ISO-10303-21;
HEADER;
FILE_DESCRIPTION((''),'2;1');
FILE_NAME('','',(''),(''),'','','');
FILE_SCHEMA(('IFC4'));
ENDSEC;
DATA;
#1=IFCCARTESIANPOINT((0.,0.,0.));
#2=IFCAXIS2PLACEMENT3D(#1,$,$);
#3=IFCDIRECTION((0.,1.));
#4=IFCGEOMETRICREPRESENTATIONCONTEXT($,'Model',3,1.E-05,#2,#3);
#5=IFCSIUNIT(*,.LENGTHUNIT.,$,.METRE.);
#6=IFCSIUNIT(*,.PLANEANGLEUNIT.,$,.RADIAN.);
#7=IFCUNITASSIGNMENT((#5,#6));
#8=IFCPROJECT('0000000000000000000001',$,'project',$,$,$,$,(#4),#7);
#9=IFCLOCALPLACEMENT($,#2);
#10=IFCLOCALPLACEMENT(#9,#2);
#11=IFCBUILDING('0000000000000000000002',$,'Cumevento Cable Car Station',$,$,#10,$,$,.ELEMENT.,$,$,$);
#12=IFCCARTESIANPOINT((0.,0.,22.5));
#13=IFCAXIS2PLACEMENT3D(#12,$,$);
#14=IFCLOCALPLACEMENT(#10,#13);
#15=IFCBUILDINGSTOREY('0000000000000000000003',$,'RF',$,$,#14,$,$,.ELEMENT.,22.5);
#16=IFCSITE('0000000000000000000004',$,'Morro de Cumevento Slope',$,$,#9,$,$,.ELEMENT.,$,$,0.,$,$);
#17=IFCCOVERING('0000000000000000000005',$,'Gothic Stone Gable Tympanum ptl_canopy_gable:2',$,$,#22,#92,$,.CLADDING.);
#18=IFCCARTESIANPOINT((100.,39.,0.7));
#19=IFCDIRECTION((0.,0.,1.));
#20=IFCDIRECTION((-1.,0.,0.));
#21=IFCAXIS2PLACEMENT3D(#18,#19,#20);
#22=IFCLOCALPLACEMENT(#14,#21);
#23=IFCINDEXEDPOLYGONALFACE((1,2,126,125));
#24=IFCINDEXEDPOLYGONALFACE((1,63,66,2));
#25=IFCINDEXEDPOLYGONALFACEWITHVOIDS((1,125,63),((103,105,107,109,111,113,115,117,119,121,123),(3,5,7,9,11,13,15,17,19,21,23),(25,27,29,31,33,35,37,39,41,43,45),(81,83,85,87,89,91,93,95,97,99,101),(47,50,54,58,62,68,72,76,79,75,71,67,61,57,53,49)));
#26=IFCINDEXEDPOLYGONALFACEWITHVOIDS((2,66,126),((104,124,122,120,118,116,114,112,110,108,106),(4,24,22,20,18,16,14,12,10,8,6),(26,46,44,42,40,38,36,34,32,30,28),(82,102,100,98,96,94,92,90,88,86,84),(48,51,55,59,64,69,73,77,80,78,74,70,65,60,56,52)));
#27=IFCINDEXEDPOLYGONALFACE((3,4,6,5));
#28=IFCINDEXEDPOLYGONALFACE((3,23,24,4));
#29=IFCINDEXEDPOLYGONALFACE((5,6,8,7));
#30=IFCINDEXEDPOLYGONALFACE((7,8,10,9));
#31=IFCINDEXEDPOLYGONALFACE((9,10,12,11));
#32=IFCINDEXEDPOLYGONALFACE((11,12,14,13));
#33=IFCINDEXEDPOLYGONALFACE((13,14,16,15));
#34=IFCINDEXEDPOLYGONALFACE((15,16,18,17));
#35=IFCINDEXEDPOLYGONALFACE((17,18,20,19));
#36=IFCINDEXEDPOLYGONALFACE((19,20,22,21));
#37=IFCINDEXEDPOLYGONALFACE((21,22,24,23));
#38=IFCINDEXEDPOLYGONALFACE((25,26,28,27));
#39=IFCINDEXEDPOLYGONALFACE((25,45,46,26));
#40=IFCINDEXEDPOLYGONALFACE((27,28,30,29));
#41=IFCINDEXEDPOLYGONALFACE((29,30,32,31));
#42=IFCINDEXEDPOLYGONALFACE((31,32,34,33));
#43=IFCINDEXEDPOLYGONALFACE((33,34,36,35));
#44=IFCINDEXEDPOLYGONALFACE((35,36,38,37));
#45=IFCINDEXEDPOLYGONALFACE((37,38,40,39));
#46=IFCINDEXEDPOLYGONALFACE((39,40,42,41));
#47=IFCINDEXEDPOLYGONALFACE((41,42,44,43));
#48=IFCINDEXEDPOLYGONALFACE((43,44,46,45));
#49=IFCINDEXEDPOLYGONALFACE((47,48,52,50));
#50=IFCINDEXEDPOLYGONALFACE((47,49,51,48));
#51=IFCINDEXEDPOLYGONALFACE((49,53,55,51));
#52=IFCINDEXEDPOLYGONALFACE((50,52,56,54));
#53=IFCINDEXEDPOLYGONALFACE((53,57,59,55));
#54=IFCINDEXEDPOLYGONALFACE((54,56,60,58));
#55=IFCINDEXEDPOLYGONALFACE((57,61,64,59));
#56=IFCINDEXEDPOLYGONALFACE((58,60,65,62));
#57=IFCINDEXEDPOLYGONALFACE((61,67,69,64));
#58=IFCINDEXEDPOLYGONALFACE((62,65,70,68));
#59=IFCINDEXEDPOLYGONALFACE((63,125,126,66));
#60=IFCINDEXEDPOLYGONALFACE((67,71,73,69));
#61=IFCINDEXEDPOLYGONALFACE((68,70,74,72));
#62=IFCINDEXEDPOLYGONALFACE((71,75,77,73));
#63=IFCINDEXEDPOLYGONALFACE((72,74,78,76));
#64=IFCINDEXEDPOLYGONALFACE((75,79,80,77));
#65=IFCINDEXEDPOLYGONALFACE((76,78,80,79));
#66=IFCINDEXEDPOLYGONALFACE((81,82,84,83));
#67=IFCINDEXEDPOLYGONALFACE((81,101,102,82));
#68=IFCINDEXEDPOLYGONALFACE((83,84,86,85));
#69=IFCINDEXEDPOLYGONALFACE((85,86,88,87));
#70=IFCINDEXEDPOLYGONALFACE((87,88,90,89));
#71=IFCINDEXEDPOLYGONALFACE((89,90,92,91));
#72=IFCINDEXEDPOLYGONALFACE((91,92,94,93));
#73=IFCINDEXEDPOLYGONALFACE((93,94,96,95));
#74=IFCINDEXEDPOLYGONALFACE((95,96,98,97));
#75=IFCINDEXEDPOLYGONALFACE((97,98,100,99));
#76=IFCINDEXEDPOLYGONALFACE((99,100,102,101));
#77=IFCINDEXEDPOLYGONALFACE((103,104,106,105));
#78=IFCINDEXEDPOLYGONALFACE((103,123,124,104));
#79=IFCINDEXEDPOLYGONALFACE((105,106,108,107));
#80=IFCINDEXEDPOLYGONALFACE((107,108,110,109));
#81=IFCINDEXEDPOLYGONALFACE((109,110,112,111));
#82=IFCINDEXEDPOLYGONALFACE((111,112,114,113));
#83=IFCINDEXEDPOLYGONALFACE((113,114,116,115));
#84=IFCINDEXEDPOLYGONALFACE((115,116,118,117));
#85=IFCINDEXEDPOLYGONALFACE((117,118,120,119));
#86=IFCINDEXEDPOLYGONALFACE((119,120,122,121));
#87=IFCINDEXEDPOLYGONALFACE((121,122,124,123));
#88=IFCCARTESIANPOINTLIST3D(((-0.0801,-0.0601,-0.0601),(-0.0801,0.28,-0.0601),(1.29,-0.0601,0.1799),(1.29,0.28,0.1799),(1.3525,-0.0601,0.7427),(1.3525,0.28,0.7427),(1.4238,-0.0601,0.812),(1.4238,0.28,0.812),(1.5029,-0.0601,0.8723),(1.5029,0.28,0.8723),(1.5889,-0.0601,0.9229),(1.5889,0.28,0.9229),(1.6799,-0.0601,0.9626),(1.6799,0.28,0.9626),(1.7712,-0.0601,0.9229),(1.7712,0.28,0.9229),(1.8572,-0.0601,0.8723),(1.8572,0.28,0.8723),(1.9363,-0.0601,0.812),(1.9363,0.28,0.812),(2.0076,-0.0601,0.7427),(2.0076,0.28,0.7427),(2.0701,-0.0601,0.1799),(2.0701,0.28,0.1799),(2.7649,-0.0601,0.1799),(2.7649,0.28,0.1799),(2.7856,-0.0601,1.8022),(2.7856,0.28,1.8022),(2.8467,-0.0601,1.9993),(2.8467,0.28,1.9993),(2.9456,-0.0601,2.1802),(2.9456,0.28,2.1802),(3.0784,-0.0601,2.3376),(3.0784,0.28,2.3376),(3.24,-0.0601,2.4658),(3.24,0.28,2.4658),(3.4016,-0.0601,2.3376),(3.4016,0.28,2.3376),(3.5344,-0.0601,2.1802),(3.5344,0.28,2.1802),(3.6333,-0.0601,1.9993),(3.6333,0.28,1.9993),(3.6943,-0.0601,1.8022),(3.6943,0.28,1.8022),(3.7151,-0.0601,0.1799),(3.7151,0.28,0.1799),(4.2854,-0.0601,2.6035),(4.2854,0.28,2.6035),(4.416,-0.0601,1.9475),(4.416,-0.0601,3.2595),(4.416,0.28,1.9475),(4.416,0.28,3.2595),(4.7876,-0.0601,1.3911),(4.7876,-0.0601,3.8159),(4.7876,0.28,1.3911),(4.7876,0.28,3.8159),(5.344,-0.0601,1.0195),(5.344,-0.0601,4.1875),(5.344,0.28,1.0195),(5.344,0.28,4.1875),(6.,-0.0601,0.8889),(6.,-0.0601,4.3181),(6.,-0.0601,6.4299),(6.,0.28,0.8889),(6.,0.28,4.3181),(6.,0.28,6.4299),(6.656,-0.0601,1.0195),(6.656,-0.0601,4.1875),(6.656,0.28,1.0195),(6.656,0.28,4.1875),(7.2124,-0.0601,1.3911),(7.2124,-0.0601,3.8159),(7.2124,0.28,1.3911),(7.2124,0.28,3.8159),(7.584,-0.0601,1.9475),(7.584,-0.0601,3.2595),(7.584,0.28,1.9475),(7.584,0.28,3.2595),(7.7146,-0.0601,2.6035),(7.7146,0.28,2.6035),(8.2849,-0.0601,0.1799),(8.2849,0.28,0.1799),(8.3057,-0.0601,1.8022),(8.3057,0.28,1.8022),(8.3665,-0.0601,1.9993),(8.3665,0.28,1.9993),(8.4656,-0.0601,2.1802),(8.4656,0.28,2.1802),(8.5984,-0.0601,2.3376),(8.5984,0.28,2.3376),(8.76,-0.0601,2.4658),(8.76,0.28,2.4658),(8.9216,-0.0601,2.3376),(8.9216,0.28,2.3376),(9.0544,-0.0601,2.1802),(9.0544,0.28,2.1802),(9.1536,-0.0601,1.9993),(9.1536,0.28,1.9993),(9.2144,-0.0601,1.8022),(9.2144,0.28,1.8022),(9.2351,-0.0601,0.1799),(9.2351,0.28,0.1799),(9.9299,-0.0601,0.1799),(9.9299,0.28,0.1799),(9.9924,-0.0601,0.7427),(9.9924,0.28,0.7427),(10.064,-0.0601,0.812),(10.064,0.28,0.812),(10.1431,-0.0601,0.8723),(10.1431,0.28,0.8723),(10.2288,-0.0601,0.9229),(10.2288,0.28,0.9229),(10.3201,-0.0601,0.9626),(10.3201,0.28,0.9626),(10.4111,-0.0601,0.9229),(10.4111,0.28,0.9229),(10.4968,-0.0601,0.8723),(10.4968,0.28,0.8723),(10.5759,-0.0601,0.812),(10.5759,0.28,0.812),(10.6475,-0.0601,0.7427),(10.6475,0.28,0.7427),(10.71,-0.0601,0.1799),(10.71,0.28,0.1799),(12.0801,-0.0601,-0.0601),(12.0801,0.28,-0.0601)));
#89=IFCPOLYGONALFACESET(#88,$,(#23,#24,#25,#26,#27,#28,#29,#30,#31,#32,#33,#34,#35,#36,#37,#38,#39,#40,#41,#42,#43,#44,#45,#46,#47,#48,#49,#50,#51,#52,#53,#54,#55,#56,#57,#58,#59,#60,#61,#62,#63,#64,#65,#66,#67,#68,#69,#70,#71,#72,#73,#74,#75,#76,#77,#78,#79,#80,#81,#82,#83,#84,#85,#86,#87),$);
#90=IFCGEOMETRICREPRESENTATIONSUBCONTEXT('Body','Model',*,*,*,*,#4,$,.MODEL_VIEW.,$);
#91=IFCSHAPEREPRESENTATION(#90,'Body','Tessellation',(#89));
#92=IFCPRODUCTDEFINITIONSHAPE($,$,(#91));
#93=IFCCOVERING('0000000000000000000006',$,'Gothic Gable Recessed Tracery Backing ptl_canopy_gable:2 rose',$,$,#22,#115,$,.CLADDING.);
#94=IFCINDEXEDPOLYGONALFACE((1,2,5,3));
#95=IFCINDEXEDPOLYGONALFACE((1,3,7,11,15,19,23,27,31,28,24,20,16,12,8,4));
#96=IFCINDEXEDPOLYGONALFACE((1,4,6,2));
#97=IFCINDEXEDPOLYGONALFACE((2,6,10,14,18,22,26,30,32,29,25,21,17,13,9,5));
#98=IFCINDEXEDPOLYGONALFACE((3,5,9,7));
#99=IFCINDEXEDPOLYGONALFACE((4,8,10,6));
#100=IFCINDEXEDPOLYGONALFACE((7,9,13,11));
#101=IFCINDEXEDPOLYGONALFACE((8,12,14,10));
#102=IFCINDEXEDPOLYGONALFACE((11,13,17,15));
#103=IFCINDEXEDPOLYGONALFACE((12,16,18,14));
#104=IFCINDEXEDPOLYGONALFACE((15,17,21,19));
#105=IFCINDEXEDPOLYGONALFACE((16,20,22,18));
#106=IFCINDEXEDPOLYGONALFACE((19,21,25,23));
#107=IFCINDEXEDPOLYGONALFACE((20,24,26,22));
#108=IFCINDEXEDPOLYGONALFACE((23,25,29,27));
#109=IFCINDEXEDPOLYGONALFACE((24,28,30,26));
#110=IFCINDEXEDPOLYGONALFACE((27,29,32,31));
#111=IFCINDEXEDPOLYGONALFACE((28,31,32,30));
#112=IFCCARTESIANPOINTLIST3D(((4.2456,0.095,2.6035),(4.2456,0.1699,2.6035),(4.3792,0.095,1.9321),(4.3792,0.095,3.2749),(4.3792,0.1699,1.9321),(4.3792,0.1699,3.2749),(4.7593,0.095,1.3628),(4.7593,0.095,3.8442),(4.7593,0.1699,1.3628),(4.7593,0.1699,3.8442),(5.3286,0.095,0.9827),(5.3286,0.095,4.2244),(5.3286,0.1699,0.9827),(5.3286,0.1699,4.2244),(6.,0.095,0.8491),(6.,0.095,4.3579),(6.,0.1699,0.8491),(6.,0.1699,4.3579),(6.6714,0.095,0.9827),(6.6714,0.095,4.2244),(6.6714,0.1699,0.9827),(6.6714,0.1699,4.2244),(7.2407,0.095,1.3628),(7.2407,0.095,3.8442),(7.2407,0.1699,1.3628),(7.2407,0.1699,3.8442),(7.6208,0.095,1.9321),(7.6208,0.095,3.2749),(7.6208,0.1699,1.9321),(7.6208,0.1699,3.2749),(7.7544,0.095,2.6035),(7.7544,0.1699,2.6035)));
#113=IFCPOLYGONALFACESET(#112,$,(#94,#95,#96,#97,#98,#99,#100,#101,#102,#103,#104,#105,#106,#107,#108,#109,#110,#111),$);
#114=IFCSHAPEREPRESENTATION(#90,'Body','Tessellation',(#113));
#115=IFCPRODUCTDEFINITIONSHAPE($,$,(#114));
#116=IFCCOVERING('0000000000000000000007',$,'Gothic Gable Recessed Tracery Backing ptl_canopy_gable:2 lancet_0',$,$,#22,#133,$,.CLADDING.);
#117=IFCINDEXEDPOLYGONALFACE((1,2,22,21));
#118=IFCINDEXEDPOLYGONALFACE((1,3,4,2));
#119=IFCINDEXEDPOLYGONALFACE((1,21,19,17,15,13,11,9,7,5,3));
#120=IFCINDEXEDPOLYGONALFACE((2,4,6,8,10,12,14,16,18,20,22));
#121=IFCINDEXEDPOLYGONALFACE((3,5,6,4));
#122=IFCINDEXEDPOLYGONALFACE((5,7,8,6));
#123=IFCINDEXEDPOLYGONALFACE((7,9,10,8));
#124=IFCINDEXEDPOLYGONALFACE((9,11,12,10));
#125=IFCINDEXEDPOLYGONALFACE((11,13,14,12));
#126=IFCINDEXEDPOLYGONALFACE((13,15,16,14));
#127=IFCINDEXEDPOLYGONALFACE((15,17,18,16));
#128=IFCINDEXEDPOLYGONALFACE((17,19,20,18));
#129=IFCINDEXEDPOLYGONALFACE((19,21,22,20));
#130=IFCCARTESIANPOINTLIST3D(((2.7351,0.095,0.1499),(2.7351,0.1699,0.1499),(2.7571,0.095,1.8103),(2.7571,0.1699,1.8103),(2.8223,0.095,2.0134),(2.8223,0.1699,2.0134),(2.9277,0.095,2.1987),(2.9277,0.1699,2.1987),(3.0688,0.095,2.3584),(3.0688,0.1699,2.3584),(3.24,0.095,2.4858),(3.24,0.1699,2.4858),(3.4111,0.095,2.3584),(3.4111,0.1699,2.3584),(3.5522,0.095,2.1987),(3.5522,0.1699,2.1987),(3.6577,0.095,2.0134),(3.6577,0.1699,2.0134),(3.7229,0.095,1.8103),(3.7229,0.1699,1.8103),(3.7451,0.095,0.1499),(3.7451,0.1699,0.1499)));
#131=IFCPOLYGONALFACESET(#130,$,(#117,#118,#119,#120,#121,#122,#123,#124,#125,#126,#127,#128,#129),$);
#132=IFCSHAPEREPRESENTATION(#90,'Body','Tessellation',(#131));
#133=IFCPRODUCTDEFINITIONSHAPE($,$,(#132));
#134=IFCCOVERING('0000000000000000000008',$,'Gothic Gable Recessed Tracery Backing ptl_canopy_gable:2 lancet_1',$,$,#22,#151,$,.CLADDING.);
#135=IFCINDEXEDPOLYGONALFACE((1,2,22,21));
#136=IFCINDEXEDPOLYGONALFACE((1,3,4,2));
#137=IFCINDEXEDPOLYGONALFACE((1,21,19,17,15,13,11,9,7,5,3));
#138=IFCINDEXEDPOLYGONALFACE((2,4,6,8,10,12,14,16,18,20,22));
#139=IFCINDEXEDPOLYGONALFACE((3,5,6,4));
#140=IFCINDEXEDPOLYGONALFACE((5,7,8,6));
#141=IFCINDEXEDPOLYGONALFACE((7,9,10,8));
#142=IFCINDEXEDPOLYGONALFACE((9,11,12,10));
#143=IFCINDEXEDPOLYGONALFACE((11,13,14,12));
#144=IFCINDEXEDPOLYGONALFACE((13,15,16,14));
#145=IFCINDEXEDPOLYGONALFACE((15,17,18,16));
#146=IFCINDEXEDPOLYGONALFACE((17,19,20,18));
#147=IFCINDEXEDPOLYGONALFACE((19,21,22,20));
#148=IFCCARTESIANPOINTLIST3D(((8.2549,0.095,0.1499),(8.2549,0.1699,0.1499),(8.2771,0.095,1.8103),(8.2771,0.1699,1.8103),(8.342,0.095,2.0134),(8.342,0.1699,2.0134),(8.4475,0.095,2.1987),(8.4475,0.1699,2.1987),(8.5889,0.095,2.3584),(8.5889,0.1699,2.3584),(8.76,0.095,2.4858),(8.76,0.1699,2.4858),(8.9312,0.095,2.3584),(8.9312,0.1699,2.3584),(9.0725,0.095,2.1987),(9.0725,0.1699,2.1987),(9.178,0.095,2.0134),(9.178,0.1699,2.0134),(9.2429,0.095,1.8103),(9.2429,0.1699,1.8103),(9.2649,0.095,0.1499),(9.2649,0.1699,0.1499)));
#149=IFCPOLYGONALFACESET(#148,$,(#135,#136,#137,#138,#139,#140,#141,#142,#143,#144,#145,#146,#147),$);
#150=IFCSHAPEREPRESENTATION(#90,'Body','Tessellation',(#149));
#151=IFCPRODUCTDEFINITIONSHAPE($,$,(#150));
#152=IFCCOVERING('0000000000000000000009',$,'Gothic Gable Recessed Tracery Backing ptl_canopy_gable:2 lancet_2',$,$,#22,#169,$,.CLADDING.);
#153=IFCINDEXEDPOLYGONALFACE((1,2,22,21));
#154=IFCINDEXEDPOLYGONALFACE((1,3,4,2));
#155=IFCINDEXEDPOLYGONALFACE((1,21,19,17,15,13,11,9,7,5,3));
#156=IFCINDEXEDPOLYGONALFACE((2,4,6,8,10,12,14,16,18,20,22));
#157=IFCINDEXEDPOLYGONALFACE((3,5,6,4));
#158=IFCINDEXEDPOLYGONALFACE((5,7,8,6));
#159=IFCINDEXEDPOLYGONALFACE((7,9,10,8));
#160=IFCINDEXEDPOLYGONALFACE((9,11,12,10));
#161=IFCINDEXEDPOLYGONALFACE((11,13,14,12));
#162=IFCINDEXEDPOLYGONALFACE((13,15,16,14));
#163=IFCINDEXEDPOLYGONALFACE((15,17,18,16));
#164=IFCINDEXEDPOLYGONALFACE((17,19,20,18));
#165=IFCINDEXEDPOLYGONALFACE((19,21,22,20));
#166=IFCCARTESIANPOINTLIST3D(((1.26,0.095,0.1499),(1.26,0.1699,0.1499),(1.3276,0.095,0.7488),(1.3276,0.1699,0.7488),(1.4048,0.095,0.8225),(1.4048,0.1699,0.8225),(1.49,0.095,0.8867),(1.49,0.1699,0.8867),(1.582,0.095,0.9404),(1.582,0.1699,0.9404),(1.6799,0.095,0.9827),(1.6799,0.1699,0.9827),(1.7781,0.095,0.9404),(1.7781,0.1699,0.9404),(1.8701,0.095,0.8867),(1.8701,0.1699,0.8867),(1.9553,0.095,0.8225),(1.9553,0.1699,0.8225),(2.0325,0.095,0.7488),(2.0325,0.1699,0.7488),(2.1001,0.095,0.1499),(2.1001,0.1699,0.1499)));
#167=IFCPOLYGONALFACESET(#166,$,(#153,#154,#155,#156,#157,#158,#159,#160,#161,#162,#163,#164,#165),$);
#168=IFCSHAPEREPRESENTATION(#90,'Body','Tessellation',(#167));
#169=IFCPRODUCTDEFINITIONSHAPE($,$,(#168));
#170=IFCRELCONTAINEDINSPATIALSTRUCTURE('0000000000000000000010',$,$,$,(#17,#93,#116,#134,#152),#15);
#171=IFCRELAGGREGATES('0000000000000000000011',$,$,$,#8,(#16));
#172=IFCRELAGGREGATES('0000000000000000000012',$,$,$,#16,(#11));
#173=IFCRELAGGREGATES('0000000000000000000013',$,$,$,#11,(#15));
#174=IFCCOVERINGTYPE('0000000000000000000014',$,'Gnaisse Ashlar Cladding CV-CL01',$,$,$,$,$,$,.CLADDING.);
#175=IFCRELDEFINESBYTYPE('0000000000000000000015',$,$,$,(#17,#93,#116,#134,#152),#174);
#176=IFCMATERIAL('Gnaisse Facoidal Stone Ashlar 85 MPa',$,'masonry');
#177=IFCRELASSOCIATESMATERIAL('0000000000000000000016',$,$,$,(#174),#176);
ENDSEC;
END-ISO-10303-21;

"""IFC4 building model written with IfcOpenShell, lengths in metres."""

from ifc_helpers import new_model, si_unit, direction, frame, origin, place, context, subcontext, project, spatial, polyline, outline, extrude, material, type_object, element, save


model = new_model("IFC4")

# Units and contexts
model_context = context("Model", 3, precision=1e-05, world=origin(), true_north=direction((0.0, 1.0)))
body_context = subcontext(model_context, "Body", "Model", "MODEL_VIEW")
ifc_project = project(units=[si_unit("LENGTHUNIT", "METRE"), si_unit("PLANEANGLEUNIT", "RADIAN")], contexts=[model_context])

# Site, building, storey
site_placement = place(None, origin())
site = spatial("IfcSite", under=ifc_project, at=site_placement, Name="Morro de Cumevento Slope", CompositionType="ELEMENT", RefElevation=0.0)
building_placement = place(site_placement, origin())
building = spatial("IfcBuilding", under=site, at=building_placement, Name="Cumevento Cable Car Station", CompositionType="ELEMENT")
storey_placement = place(building_placement, frame((0.0, 0.0, 22.5)))
storey = spatial("IfcBuildingStorey", under=building, at=storey_placement, Name="RF", CompositionType="ELEMENT", Elevation=22.5)

# Coverings
ifc_material_1 = material(Name="Gnaisse Facoidal Stone Ashlar 85 MPa", Category="masonry")
covering_type_1 = type_object("IfcCoveringType", Name="Gnaisse Ashlar Cladding CV-CL01", PredefinedType="CLADDING", material=ifc_material_1)
placement = place(storey_placement, frame((100.0, 39.0, 0.7), z_axis=(0.0, 0.0, 1.0), x_axis=(-1.0, 0.0, 0.0)))
element("IfcCovering", 1, at=placement, inside=storey, type_object=covering_type_1, Name="Gothic Stone Gable Tympanum ptl_canopy_gable:2", PredefinedType="CLADDING", context=body_context, shape_type="SweptSolid", body=[
    extrude(outline(polyline([(-0.0801, -0.0601), (12.0801, -0.0601), (6.0, 6.4299), (-0.0801, -0.0601)]), holes=[polyline([(7.7146, 2.6035), (7.584, 3.2595), (7.2124, 3.8159), (6.656, 4.1875), (6.0, 4.3181), (5.344, 4.1875), (4.7876, 3.8159), (4.416, 3.2595), (4.2854, 2.6035), (4.416, 1.9475), (4.7876, 1.3911), (5.344, 1.0195), (6.0, 0.8889), (6.656, 1.0195), (7.2124, 1.3911), (7.584, 1.9475), (7.7146, 2.6035)]), polyline([(2.7649, 0.1799), (3.7151, 0.1799), (3.6943, 1.8022), (3.6333, 1.9993), (3.5344, 2.1802), (3.4016, 2.3376), (3.24, 2.4658), (3.0784, 2.3376), (2.9456, 2.1802), (2.8467, 1.9993), (2.7856, 1.8022), (2.7649, 0.1799)]), polyline([(8.2849, 0.1799), (9.2351, 0.1799), (9.2144, 1.8022), (9.1536, 1.9993), (9.0544, 2.1802), (8.9216, 2.3376), (8.76, 2.4658), (8.5984, 2.3376), (8.4656, 2.1802), (8.3665, 1.9993), (8.3057, 1.8022), (8.2849, 0.1799)]), polyline([(1.29, 0.1799), (2.0701, 0.1799), (2.0076, 0.7427), (1.9363, 0.812), (1.8572, 0.8723), (1.7712, 0.9229), (1.6799, 0.9626), (1.5889, 0.9229), (1.5029, 0.8723), (1.4238, 0.812), (1.3525, 0.7427), (1.29, 0.1799)]), polyline([(9.9299, 0.1799), (10.71, 0.1799), (10.6475, 0.7427), (10.5759, 0.812), (10.4968, 0.8723), (10.4111, 0.9229), (10.3201, 0.9626), (10.2288, 0.9229), (10.1431, 0.8723), (10.064, 0.812), (9.9924, 0.7427), (9.9299, 0.1799)])]), frame((0.0, 0.28, 0.0), z_axis=(0.0, -1.0, 0.0), x_axis=(1.0, 0.0, 0.0)), (0.0, 0.0, 1.0), 0.3401),
])
element("IfcCovering", 2, at=placement, inside=storey, type_object=covering_type_1, Name="Gothic Gable Recessed Tracery Backing ptl_canopy_gable:2 rose", PredefinedType="CLADDING", context=body_context, shape_type="SweptSolid", body=[
    extrude(outline(polyline([(7.7544, 2.6035), (7.6208, 3.2749), (7.2407, 3.8442), (6.6714, 4.2244), (6.0, 4.3579), (5.3286, 4.2244), (4.7593, 3.8442), (4.3792, 3.2749), (4.2456, 2.6035), (4.3792, 1.9321), (4.7593, 1.3628), (5.3286, 0.9827), (6.0, 0.8491), (6.6714, 0.9827), (7.2407, 1.3628), (7.6208, 1.9321), (7.7544, 2.6035)])), frame((0.0, 0.1699, 0.0), z_axis=(0.0, -1.0, 0.0), x_axis=(1.0, 0.0, 0.0)), (0.0, 0.0, 1.0), 0.075),
])
element("IfcCovering", 3, at=placement, inside=storey, type_object=covering_type_1, Name="Gothic Gable Recessed Tracery Backing ptl_canopy_gable:2 lancet_0", PredefinedType="CLADDING", context=body_context, shape_type="SweptSolid", body=[
    extrude(outline(polyline([(2.7351, 0.1499), (3.7451, 0.1499), (3.7229, 1.8103), (3.6577, 2.0134), (3.5522, 2.1987), (3.4111, 2.3584), (3.24, 2.4858), (3.0688, 2.3584), (2.9277, 2.1987), (2.8223, 2.0134), (2.7571, 1.8103), (2.7351, 0.1499)])), frame((0.0, 0.1699, 0.0), z_axis=(0.0, -1.0, 0.0), x_axis=(1.0, 0.0, 0.0)), (0.0, 0.0, 1.0), 0.075),
])
element("IfcCovering", 4, at=placement, inside=storey, type_object=covering_type_1, Name="Gothic Gable Recessed Tracery Backing ptl_canopy_gable:2 lancet_1", PredefinedType="CLADDING", context=body_context, shape_type="SweptSolid", body=[
    extrude(outline(polyline([(8.2549, 0.1499), (9.2649, 0.1499), (9.2429, 1.8103), (9.178, 2.0134), (9.0725, 2.1987), (8.9312, 2.3584), (8.76, 2.4858), (8.5889, 2.3584), (8.4475, 2.1987), (8.342, 2.0134), (8.2771, 1.8103), (8.2549, 0.1499)])), frame((0.0, 0.1699, 0.0), z_axis=(0.0, -1.0, 0.0), x_axis=(1.0, 0.0, 0.0)), (0.0, 0.0, 1.0), 0.075),
])
element("IfcCovering", 5, at=placement, inside=storey, type_object=covering_type_1, Name="Gothic Gable Recessed Tracery Backing ptl_canopy_gable:2 lancet_2", PredefinedType="CLADDING", context=body_context, shape_type="SweptSolid", body=[
    extrude(outline(polyline([(1.26, 0.1499), (2.1001, 0.1499), (2.0325, 0.7488), (1.9553, 0.8225), (1.8701, 0.8867), (1.7781, 0.9404), (1.6799, 0.9827), (1.582, 0.9404), (1.49, 0.8867), (1.4048, 0.8225), (1.3276, 0.7488), (1.26, 0.1499)])), frame((0.0, 0.1699, 0.0), z_axis=(0.0, -1.0, 0.0), x_axis=(1.0, 0.0, 0.0)), (0.0, 0.0, 1.0), 0.075),
])

save(model, "model.ifc")
